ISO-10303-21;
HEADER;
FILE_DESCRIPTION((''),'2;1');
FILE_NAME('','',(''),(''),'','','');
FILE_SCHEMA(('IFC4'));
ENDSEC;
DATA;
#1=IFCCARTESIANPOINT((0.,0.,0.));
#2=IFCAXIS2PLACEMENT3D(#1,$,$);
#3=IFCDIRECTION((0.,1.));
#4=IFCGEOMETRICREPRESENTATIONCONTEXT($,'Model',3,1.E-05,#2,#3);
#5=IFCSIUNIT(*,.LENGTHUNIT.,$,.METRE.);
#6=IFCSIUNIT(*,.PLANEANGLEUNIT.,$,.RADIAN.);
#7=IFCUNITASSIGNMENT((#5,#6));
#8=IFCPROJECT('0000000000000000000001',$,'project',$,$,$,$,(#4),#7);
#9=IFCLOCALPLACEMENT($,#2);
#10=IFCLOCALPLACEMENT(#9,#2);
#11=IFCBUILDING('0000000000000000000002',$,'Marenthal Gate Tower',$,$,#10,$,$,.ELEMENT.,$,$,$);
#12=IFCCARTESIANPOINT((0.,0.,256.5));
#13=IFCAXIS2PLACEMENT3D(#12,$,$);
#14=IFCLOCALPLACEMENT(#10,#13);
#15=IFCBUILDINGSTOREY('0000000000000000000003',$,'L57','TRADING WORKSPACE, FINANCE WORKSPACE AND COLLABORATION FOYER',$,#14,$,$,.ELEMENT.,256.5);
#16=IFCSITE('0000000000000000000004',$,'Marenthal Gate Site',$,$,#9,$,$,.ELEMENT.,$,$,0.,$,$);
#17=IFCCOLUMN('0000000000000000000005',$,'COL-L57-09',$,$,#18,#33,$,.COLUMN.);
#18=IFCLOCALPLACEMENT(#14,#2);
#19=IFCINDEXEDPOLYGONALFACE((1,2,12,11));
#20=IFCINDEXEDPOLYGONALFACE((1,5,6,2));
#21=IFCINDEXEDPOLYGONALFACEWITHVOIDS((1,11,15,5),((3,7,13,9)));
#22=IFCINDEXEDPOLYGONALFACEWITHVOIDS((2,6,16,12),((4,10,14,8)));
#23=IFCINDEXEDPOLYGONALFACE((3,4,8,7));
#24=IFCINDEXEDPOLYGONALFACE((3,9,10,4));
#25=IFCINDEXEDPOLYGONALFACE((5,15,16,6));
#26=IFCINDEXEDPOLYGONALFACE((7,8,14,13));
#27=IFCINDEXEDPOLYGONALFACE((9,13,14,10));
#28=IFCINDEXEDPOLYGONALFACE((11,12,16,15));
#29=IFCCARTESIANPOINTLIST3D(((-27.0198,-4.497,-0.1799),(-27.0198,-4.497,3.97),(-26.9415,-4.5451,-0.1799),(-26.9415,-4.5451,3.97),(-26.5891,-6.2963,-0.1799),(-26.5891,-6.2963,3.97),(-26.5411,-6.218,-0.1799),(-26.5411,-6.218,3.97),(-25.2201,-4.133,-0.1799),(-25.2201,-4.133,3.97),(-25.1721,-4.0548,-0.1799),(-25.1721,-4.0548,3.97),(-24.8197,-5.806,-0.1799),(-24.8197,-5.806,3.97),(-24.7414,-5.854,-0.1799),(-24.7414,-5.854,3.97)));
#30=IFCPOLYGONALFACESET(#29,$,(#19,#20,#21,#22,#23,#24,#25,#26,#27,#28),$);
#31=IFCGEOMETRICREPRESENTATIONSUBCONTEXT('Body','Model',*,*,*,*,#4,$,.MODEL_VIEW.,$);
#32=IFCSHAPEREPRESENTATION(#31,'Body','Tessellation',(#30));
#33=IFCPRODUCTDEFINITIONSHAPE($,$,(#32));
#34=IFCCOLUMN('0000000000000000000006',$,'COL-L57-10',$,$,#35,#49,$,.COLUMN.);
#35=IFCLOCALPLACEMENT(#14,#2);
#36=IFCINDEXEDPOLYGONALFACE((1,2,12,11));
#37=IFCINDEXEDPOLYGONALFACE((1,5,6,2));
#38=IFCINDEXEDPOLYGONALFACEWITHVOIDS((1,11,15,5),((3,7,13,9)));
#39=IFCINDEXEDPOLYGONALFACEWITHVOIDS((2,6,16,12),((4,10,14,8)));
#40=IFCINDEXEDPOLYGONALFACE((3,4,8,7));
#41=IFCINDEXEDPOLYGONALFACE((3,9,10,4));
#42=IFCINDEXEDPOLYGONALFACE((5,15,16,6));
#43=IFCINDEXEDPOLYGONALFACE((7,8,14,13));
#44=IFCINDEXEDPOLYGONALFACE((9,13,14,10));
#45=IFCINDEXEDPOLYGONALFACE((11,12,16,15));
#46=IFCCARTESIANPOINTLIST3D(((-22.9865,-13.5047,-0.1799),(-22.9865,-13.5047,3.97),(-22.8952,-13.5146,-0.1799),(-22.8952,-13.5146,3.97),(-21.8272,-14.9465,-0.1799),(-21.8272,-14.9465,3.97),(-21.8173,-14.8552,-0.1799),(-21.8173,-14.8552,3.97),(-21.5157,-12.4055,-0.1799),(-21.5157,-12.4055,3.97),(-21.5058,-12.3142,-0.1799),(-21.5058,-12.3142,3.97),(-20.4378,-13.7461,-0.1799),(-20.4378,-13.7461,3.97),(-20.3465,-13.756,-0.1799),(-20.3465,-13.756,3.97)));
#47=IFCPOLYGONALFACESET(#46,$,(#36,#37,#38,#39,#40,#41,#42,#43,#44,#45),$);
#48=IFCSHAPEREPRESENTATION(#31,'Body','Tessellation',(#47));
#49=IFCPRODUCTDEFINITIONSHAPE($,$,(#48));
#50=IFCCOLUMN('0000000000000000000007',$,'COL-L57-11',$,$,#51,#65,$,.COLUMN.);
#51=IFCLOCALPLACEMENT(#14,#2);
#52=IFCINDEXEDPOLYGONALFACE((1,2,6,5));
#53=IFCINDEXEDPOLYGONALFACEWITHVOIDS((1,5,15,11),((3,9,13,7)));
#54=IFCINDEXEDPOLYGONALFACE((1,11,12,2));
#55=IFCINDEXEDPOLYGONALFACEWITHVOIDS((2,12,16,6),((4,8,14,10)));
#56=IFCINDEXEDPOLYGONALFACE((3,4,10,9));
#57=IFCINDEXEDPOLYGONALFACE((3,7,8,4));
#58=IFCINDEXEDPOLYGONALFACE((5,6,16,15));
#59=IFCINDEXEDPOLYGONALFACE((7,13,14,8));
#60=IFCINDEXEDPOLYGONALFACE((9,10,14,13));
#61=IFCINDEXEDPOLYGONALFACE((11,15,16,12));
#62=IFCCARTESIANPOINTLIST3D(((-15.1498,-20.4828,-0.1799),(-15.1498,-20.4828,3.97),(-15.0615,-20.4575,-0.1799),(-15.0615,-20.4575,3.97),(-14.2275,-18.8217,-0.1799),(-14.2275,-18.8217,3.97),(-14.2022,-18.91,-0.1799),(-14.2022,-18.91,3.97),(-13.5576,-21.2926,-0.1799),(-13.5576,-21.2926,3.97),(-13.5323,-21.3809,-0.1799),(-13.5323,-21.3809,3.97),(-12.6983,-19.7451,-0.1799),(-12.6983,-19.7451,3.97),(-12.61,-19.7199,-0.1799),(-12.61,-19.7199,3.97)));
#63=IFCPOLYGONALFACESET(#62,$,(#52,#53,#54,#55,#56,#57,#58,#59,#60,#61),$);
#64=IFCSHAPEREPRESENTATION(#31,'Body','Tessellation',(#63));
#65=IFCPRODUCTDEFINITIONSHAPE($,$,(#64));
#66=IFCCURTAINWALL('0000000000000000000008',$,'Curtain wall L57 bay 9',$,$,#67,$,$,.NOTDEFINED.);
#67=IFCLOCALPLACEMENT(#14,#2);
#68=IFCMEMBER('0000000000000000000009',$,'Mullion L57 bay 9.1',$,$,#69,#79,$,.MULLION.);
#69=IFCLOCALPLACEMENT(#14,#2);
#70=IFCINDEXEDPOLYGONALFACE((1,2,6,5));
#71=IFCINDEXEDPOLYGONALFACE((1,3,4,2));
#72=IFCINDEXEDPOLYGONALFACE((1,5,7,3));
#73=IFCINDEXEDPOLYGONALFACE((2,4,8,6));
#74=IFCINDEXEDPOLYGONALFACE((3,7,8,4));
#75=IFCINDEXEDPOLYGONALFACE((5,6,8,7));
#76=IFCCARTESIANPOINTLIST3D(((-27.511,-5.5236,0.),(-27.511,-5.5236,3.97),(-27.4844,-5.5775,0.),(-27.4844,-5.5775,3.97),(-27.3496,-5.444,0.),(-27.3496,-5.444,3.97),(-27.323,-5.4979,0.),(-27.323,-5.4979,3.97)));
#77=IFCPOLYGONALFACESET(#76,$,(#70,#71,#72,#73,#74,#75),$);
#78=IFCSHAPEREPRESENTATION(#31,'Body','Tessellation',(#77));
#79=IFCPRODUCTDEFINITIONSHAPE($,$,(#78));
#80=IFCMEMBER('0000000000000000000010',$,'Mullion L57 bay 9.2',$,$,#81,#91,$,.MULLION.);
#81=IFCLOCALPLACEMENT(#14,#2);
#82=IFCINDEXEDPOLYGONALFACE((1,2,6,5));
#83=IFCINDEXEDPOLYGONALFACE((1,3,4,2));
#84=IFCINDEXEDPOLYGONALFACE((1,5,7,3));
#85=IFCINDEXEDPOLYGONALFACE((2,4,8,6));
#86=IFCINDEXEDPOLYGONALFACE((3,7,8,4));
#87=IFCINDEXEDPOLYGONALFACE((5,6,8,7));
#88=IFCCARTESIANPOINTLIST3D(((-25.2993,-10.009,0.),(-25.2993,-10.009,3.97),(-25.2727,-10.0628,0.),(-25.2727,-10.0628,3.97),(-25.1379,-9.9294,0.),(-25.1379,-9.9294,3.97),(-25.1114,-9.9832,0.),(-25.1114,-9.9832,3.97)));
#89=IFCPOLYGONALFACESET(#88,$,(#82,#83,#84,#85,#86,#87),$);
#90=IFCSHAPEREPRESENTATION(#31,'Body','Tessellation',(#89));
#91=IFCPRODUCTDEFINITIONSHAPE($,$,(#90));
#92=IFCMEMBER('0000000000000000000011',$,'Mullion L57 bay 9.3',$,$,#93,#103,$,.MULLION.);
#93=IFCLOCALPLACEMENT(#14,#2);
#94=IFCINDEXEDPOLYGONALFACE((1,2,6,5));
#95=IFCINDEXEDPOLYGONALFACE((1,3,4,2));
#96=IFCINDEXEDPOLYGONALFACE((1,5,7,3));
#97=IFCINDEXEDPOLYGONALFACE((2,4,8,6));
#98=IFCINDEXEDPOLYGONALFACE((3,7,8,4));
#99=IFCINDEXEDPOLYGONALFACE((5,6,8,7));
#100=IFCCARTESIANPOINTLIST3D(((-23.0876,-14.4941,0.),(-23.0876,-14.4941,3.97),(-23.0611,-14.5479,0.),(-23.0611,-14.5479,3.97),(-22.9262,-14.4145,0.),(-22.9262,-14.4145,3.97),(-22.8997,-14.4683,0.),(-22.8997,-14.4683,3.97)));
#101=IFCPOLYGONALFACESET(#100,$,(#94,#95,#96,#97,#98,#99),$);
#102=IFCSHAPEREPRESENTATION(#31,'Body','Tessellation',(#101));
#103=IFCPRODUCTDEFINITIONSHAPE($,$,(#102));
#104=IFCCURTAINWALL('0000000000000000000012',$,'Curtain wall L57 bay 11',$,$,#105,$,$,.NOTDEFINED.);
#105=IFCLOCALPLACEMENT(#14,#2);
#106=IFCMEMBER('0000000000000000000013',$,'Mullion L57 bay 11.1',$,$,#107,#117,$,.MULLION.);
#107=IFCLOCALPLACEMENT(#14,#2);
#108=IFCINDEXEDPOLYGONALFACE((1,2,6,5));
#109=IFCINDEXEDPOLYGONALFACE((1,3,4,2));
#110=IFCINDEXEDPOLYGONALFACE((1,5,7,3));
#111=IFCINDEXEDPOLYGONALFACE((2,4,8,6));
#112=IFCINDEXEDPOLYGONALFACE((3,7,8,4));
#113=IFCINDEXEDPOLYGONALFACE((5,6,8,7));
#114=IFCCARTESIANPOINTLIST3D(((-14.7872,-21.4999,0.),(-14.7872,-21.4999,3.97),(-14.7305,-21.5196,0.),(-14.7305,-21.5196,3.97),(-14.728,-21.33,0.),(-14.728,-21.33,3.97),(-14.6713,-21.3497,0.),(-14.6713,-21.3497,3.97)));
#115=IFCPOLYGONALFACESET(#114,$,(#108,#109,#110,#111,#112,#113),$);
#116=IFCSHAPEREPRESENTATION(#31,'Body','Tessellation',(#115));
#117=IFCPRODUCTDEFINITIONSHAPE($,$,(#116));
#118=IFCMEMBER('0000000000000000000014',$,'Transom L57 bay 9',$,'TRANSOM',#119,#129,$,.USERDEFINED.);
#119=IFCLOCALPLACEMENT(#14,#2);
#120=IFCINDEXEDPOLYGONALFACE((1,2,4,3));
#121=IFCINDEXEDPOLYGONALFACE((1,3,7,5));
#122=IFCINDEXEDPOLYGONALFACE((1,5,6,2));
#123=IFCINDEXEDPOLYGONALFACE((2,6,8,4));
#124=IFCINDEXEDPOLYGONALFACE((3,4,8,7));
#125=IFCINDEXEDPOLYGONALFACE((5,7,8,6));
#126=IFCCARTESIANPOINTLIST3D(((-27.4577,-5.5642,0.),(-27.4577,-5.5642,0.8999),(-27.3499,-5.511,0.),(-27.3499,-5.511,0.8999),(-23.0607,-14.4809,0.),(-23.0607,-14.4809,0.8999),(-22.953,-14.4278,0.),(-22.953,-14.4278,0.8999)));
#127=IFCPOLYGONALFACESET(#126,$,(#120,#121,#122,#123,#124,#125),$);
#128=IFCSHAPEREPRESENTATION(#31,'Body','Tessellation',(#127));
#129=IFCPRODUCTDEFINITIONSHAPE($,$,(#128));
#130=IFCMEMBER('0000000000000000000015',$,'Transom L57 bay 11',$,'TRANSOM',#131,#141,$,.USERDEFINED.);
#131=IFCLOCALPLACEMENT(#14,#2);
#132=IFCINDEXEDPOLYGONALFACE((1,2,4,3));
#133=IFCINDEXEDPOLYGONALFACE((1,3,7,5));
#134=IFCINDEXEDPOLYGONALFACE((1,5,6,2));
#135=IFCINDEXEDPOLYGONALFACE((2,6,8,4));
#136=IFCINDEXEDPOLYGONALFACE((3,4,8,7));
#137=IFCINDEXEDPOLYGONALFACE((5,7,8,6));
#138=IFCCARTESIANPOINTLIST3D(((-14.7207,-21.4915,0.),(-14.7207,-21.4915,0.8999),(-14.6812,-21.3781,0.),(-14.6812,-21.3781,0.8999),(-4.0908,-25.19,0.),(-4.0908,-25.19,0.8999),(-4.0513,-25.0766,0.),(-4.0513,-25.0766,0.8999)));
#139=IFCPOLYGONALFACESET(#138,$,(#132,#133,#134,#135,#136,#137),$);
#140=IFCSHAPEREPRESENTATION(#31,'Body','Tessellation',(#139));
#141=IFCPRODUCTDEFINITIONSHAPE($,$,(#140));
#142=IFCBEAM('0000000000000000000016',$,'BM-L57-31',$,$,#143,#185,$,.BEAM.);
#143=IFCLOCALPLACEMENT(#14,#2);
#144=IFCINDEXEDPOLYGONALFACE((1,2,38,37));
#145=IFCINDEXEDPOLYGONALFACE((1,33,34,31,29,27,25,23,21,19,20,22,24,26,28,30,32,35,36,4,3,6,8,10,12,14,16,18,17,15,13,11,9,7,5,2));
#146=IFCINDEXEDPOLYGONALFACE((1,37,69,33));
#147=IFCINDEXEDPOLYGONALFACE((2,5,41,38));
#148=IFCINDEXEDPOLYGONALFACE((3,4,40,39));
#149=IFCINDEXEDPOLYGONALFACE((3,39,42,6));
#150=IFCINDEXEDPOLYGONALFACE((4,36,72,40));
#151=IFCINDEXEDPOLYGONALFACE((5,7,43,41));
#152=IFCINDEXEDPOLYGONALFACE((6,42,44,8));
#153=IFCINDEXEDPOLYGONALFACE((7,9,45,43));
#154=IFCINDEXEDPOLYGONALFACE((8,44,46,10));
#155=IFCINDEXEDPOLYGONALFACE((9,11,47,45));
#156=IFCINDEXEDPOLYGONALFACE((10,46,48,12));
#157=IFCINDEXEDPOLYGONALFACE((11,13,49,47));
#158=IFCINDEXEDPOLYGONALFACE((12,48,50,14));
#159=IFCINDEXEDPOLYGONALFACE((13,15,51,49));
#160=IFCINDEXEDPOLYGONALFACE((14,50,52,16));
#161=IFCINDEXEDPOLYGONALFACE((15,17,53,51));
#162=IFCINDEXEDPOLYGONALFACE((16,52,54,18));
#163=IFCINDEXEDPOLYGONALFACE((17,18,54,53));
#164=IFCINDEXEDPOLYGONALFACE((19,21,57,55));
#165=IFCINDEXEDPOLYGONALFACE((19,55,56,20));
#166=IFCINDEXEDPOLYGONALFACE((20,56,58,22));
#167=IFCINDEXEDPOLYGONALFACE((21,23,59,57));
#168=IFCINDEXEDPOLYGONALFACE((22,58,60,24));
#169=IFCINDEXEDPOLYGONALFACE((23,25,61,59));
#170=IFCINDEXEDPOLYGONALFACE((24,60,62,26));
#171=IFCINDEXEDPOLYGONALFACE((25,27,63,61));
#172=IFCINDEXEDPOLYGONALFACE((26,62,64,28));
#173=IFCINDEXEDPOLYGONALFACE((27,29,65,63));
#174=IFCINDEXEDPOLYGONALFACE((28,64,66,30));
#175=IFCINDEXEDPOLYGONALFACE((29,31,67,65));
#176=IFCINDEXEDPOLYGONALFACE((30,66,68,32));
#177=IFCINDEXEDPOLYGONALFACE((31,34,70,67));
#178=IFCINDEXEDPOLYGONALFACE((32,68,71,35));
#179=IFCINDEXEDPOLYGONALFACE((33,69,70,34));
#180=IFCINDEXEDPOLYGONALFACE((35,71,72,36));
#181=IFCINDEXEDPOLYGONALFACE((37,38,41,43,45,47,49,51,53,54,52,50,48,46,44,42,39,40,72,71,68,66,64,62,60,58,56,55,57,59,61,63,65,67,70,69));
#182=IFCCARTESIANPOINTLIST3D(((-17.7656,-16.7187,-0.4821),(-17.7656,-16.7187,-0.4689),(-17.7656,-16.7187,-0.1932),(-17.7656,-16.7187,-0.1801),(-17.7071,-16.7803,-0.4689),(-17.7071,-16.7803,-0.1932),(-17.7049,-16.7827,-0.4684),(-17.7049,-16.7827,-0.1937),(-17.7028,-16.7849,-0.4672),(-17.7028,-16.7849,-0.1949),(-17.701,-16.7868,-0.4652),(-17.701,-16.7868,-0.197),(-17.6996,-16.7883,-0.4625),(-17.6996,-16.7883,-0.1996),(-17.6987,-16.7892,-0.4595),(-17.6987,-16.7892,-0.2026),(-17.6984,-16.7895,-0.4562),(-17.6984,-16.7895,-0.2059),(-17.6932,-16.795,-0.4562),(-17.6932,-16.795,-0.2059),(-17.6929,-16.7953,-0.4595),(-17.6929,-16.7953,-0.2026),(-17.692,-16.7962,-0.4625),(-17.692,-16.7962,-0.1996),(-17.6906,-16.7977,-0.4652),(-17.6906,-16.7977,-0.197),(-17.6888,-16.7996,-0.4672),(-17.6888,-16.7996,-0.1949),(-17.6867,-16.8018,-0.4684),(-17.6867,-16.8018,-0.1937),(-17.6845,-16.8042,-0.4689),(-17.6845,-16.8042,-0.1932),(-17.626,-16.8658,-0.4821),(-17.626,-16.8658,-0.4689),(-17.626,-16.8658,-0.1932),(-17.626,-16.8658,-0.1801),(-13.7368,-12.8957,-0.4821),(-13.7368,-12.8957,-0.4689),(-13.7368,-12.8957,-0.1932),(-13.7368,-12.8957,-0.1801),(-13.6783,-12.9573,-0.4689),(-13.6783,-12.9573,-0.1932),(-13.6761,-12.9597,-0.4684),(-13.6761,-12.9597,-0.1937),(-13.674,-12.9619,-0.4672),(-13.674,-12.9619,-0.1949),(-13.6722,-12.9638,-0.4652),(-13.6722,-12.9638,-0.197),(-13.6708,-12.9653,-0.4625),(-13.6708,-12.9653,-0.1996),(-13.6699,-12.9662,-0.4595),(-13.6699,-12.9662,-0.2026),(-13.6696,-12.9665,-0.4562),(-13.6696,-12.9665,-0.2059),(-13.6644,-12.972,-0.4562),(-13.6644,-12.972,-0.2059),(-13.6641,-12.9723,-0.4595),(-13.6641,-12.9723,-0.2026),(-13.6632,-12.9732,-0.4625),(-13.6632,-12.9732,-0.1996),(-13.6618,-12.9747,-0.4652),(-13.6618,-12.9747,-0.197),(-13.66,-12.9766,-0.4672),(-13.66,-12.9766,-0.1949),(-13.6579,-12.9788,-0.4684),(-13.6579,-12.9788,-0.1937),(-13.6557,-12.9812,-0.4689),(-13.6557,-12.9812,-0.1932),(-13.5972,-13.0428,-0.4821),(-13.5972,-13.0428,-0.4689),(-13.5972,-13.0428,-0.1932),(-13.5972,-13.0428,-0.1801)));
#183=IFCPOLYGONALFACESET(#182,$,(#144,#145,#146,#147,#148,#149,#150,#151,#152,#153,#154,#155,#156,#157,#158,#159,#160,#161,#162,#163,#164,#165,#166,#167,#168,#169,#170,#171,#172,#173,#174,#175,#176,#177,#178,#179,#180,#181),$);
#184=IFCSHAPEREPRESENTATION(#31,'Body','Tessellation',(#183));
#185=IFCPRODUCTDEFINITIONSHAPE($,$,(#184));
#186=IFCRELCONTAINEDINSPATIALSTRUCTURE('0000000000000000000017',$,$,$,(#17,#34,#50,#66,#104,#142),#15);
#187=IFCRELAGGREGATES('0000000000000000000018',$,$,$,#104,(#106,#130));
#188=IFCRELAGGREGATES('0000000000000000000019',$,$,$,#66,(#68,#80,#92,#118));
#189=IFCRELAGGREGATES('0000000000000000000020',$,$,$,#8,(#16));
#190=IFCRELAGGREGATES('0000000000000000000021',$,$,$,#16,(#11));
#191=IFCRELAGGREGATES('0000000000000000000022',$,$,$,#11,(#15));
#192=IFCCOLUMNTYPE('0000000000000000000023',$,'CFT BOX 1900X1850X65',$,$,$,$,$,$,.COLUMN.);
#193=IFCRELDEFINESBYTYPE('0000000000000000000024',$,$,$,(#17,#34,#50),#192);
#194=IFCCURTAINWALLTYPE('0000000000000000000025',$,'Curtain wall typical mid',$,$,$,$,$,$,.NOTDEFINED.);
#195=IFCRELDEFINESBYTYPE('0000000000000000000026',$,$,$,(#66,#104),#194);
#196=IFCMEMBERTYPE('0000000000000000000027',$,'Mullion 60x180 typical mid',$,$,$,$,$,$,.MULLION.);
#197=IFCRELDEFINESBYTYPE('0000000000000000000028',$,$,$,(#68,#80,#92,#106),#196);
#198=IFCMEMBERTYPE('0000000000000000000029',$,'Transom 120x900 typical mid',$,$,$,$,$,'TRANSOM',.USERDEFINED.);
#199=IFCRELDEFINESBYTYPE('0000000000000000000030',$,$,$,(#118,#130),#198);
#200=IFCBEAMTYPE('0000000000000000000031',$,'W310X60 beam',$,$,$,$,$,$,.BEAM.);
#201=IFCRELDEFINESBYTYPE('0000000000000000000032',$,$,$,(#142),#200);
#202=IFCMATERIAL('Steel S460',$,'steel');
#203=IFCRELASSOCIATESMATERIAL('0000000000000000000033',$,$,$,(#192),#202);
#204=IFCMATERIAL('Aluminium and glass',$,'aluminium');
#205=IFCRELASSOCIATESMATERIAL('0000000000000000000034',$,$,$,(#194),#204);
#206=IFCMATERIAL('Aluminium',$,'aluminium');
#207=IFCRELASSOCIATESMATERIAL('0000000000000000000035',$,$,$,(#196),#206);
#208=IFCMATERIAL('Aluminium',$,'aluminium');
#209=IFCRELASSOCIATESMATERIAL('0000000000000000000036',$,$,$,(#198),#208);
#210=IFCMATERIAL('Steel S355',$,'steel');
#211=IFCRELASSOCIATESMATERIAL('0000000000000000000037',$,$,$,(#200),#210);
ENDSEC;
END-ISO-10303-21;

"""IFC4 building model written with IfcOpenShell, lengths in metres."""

from ifc_helpers import new_model, si_unit, direction, frame, origin, origin_2d, place, context, subcontext, project, spatial, rectangle, hollow_rectangle, i_section, extrude, material, material_profile, profile_set, type_object, element, aggregate, save


model = new_model("IFC4")

# Units and contexts
model_context = context("Model", 3, precision=1e-05, world=origin(), true_north=direction((0.0, 1.0)))
body_context = subcontext(model_context, "Body", "Model", "MODEL_VIEW")
ifc_project = project(units=[si_unit("LENGTHUNIT", "METRE"), si_unit("PLANEANGLEUNIT", "RADIAN")], contexts=[model_context])

# Site, building, storey
site_placement = place(None, origin())
site = spatial("IfcSite", under=ifc_project, at=site_placement, Name="Marenthal Gate Site", CompositionType="ELEMENT", RefElevation=0.0)
building_placement = place(site_placement, origin())
building = spatial("IfcBuilding", under=site, at=building_placement, Name="Marenthal Gate Tower", CompositionType="ELEMENT")
storey_placement = place(building_placement, frame((0.0, 0.0, 256.5)))
storey = spatial("IfcBuildingStorey", under=building, at=storey_placement, Name="L57", Description="TRADING WORKSPACE, FINANCE WORKSPACE AND COLLABORATION FOYER", CompositionType="ELEMENT", Elevation=256.5)

# Columns
ifc_material_1 = material(Name="Steel S460", Category="steel")
ifc_material_profile_1 = material_profile(ifc_material_1, hollow_rectangle(XDim=1.8501, YDim=1.8999, WallThickness=0.0649, at=origin_2d()), Name="CFT BOX 1900X1850X65")
ifc_material_2 = material(Name="Concrete 70 MPa", Category="concrete")
ifc_material_profile_2 = material_profile(ifc_material_2, rectangle(XDim=1.72, YDim=1.77, at=origin_2d()), Name="CFT BOX 1900X1850X65 INFILL")
ifc_profile_set_1 = profile_set([ifc_material_profile_1, ifc_material_profile_2], Name="Steel S460 shell, Concrete 70 MPa infill")
column_type = type_object("IfcColumnType", Name="CFT BOX 1900X1850X65", PredefinedType="COLUMN", material=ifc_profile_set_1)
for number, where, z_axis, x_axis, name in (
    (1, (-25.8806, -5.1755, -0.1799), (0.0, 0.0, 1.0), (-0.232783, 0.972529, 0.0), "COL-L57-09"),
    (2, (-21.6665, -13.6304, -0.1799), (0.0, 0.0, 1.0), (-0.626615, 0.779329, 0.0), "COL-L57-10"),
    (3, (-13.8799, -20.1013, -0.1799), (0.0, 0.0, 1.0), (-0.874262, 0.485454, 0.0), "COL-L57-11"),
):
    element("IfcColumn", number, at=place(storey_placement, frame(where, z_axis=z_axis, x_axis=x_axis)), inside=storey, type_object=column_type, Name=name, PredefinedType="COLUMN", context=body_context, shape_type="SweptSolid", body=[
        extrude(hollow_rectangle(XDim=1.8501, YDim=1.8999, WallThickness=0.0649, at=origin_2d()), origin(), (0.0, 0.0, 1.0), 4.1499),
    ])

# Curtain wall, members
ifc_material_3 = material(Name="Aluminium and glass", Category="aluminium")
curtain_wall_type = type_object("IfcCurtainWallType", Name="Curtain wall typical mid", PredefinedType="NOTDEFINED", material=ifc_material_3)
curtain_wall_1_placement = place(storey_placement, origin())
curtain_wall_1 = element("IfcCurtainWall", 4, at=curtain_wall_1_placement, inside=storey, type_object=curtain_wall_type, Name="Curtain wall L57 bay 9", PredefinedType="NOTDEFINED")
ifc_material_4 = material(Name="Aluminium", Category="aluminium")
ifc_material_profile_3 = material_profile(ifc_material_4, rectangle(XDim=0.1799, YDim=0.0601, at=origin_2d()), Name="60x180 aluminium mullion")
ifc_profile_set_2 = profile_set([ifc_material_profile_3], Name="Aluminium")
member_type_1 = type_object("IfcMemberType", Name="Mullion 60x180 typical mid", PredefinedType="MULLION", material=ifc_profile_set_2)
member_1_placement = place(storey_placement, frame((-27.417, -5.5107, 0.0), z_axis=(0.0, 0.0, 1.0), x_axis=(0.896882, 0.442269, 0.0)))
member_1 = element("IfcMember", 5, at=member_1_placement, type_object=member_type_1, Name="Mullion L57 bay 9.1", PredefinedType="MULLION", context=body_context, shape_type="SweptSolid", body=[
    extrude(rectangle(XDim=0.1799, YDim=0.0601, at=origin_2d()), origin(), (0.0, 0.0, 1.0), 3.97),
])
member_2_placement = place(storey_placement, frame((-25.2053, -9.9961, 0.0), z_axis=(0.0, 0.0, 1.0), x_axis=(0.896882, 0.442269, 0.0)))
member_2 = element("IfcMember", 6, at=member_2_placement, type_object=member_type_1, Name="Mullion L57 bay 9.2", PredefinedType="MULLION", context=body_context, shape_type="SweptSolid", body=[
    extrude(rectangle(XDim=0.1799, YDim=0.0601, at=origin_2d()), origin(), (0.0, 0.0, 1.0), 3.97),
])
member_3_placement = place(storey_placement, frame((-22.9937, -14.4812, 0.0), z_axis=(0.0, 0.0, 1.0), x_axis=(0.896882, 0.442269, 0.0)))
member_3 = element("IfcMember", 7, at=member_3_placement, type_object=member_type_1, Name="Mullion L57 bay 9.3", PredefinedType="MULLION", context=body_context, shape_type="SweptSolid", body=[
    extrude(rectangle(XDim=0.1799, YDim=0.0601, at=origin_2d()), origin(), (0.0, 0.0, 1.0), 3.97),
])

# Curtain wall, member
curtain_wall_2_placement = place(storey_placement, origin())
curtain_wall_2 = element("IfcCurtainWall", 8, at=curtain_wall_2_placement, inside=storey, type_object=curtain_wall_type, Name="Curtain wall L57 bay 11", PredefinedType="NOTDEFINED")
member_4_placement = place(storey_placement, frame((-14.7292, -21.4248, 0.0), z_axis=(0.0, 0.0, 1.0), x_axis=(0.328612, 0.944465, 0.0)))
member_4 = element("IfcMember", 9, at=member_4_placement, type_object=member_type_1, Name="Mullion L57 bay 11.1", PredefinedType="MULLION", context=body_context, shape_type="SweptSolid", body=[
    extrude(rectangle(XDim=0.1799, YDim=0.0601, at=origin_2d()), origin(), (0.0, 0.0, 1.0), 3.97),
])

# Members
ifc_material_5 = material(Name="Aluminium", Category="aluminium")
ifc_material_profile_4 = material_profile(ifc_material_5, rectangle(XDim=0.1201, YDim=0.8999, at=origin_2d()), Name="120x900 aluminium transom")
ifc_profile_set_3 = profile_set([ifc_material_profile_4], Name="Aluminium")
member_type_2 = type_object("IfcMemberType", Name="Transom 120x900 typical mid", ElementType="TRANSOM", PredefinedType="USERDEFINED", material=ifc_profile_set_3)
member_5_placement = place(storey_placement, frame((-27.4038, -5.5376, 0.45), z_axis=(0.442266, -0.896884, 0.0), x_axis=(0.896884, 0.442266, 0.0)))
member_5 = element("IfcMember", 10, at=member_5_placement, type_object=member_type_2, Name="Transom L57 bay 9", ObjectType="TRANSOM", PredefinedType="USERDEFINED", context=body_context, shape_type="SweptSolid", body=[
    extrude(rectangle(XDim=0.1201, YDim=0.8999, at=origin_2d()), origin(), (0.0, 0.0, 1.0), 9.9419),
])
member_6_placement = place(storey_placement, frame((-14.7009, -21.4348, 0.45), z_axis=(0.944465, -0.328611, 0.0), x_axis=(0.328611, 0.944465, 0.0)))
member_6 = element("IfcMember", 11, at=member_6_placement, type_object=member_type_2, Name="Transom L57 bay 11", ObjectType="TRANSOM", PredefinedType="USERDEFINED", context=body_context, shape_type="SweptSolid", body=[
    extrude(rectangle(XDim=0.1201, YDim=0.8999, at=origin_2d()), origin(), (0.0, 0.0, 1.0), 11.2549),
])
aggregate(curtain_wall_2, [member_4, member_6])

# Beam
ifc_material_6 = material(Name="Steel S355", Category="steel")
ifc_material_profile_5 = material_profile(ifc_material_6, i_section(OverallWidth=0.2029, OverallDepth=0.302, WebThickness=0.0076, FlangeThickness=0.0132, FilletRadius=0.0127, at=origin_2d()), Name="W310X60")
ifc_profile_set_4 = profile_set([ifc_material_profile_5], Name="Steel S355")
beam_type_1 = type_object("IfcBeamType", Name="W310X60 beam", PredefinedType="BEAM", material=ifc_profile_set_4)
beam_1_placement = place(storey_placement, frame((-17.6958, -16.7922, -0.3311), z_axis=(0.725392, 0.688336, 0.0), x_axis=(-0.688336, 0.725392, 0.0)))
element("IfcBeam", 12, at=beam_1_placement, inside=storey, type_object=beam_type_1, Name="BM-L57-31", PredefinedType="BEAM", context=body_context, shape_type="SweptSolid", body=[
    extrude(i_section(OverallWidth=0.2029, OverallDepth=0.302, WebThickness=0.0076, FlangeThickness=0.0132, FilletRadius=0.0127, at=origin_2d()), origin(), (0.0, 0.0, 1.0), 5.554),
])

aggregate(curtain_wall_1, [member_1, member_2, member_3, member_5])

save(model, "model.ifc")
